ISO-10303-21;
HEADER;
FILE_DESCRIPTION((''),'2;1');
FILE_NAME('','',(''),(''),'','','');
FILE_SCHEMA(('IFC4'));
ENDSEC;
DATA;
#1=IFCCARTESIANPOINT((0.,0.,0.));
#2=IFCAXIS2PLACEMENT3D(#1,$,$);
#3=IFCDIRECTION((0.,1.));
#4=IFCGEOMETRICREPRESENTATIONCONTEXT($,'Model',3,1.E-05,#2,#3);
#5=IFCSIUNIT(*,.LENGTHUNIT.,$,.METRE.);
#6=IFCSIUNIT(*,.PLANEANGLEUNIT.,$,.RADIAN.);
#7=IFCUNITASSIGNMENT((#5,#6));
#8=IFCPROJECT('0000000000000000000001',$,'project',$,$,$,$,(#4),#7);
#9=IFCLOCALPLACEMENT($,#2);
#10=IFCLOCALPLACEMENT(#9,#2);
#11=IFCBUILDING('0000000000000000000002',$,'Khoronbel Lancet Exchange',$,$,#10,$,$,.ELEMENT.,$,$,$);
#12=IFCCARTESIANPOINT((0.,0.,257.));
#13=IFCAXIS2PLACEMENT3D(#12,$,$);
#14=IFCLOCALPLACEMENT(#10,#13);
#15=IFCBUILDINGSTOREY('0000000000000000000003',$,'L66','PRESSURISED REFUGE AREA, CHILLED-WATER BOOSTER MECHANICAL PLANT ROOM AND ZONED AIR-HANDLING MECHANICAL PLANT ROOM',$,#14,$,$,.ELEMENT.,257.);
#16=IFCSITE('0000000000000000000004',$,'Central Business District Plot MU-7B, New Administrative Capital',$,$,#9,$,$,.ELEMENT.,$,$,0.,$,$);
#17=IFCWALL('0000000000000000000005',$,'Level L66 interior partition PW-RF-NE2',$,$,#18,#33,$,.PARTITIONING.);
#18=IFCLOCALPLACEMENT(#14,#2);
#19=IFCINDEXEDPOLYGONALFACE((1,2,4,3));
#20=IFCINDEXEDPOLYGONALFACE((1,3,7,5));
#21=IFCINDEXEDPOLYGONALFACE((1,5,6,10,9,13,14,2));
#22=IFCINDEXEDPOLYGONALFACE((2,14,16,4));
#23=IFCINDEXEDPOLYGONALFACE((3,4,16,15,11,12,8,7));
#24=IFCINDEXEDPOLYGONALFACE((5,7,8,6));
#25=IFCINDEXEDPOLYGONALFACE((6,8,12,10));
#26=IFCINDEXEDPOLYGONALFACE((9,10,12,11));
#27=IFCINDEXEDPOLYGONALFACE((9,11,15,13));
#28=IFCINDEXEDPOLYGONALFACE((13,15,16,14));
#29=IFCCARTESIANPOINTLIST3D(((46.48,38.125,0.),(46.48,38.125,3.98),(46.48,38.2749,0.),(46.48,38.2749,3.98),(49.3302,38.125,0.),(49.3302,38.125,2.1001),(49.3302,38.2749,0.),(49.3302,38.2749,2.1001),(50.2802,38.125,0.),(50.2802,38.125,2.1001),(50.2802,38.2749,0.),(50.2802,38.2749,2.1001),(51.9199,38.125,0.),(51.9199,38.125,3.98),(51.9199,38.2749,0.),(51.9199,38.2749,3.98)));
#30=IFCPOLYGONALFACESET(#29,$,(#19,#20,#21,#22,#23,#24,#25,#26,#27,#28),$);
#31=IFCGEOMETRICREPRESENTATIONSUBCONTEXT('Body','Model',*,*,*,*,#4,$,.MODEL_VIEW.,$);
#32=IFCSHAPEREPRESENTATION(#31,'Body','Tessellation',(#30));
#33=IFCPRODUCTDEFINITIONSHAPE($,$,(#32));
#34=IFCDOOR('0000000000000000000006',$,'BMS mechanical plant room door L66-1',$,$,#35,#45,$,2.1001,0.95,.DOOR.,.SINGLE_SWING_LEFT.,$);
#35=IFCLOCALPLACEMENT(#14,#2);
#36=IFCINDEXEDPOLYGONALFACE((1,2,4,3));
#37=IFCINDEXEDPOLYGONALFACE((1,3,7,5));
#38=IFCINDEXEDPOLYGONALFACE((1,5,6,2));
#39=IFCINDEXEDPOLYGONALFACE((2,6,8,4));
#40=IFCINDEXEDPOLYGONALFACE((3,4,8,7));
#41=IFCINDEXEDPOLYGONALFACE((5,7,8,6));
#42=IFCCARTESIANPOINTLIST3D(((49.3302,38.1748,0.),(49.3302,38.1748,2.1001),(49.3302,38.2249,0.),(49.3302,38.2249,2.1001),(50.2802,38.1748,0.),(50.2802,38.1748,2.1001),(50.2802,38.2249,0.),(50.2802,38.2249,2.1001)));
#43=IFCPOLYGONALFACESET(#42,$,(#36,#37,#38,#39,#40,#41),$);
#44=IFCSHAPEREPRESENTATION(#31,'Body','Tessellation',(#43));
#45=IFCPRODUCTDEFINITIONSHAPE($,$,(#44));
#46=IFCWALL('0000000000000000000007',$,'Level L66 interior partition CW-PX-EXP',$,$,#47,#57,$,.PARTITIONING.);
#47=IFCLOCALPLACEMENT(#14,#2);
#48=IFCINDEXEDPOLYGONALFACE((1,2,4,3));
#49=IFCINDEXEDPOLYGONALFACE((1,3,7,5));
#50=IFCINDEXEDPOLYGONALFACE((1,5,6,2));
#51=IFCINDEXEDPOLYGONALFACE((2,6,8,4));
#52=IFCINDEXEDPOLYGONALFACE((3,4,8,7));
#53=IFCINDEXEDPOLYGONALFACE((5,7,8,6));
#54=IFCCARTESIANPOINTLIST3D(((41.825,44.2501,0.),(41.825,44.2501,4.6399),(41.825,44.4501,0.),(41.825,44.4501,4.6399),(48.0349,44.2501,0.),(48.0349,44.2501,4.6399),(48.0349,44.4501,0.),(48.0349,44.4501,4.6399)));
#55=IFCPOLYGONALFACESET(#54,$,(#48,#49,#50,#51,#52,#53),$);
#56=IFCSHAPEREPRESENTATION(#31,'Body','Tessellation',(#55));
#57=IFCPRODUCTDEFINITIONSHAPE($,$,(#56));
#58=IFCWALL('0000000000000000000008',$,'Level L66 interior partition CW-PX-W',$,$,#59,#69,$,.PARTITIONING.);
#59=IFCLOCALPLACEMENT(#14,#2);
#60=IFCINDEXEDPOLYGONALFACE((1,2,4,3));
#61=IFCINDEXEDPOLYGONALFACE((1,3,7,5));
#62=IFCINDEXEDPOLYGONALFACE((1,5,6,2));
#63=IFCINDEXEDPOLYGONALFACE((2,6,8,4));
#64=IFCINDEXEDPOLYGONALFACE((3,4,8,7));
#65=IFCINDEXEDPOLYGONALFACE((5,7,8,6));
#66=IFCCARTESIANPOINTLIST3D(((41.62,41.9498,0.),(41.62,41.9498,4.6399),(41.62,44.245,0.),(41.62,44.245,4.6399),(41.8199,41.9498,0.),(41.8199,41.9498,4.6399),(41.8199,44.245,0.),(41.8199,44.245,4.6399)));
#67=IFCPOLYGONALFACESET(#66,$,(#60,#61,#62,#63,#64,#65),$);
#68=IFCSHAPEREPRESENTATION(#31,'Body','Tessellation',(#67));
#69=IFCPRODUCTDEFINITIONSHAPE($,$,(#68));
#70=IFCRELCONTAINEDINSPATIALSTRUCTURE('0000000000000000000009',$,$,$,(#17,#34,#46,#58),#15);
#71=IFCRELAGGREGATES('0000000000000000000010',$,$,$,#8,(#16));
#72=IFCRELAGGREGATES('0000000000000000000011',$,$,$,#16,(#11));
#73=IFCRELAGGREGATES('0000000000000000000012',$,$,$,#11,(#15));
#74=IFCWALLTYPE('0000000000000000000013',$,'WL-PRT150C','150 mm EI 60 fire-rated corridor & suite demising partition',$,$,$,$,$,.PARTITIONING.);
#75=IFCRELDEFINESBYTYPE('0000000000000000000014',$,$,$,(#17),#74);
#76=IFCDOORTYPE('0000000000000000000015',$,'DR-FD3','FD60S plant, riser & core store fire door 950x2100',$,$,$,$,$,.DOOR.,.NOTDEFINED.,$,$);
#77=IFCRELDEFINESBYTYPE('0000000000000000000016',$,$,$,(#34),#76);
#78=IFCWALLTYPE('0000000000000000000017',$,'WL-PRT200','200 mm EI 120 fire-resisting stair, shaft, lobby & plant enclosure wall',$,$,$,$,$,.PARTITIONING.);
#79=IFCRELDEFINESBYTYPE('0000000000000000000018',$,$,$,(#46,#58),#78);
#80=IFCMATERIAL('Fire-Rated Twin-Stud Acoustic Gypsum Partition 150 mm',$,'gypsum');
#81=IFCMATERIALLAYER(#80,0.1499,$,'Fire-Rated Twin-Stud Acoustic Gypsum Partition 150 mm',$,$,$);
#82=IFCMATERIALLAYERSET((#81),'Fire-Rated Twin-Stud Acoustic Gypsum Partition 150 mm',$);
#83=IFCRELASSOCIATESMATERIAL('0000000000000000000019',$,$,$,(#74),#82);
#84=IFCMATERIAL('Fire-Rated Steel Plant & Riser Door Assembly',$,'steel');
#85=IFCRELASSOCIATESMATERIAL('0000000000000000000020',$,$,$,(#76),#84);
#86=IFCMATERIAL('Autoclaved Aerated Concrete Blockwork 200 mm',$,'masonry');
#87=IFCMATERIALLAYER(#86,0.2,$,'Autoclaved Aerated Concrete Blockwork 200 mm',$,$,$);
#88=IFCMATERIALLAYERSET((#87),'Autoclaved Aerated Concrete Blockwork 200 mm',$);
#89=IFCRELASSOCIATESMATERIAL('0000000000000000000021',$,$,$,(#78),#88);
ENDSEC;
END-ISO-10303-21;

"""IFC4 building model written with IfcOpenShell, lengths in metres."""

from ifc_helpers import new_model, si_unit, direction, frame, frame_2d, origin, place, context, subcontext, project, spatial, rectangle, extrude, material, layer, layer_set, type_object, element, fill, save


model = new_model("IFC4")

# Units and contexts
model_context = context("Model", 3, precision=1e-05, world=origin(), true_north=direction((0.0, 1.0)))
body_context = subcontext(model_context, "Body", "Model", "MODEL_VIEW")
ifc_project = project(units=[si_unit("LENGTHUNIT", "METRE"), si_unit("PLANEANGLEUNIT", "RADIAN")], contexts=[model_context])

# Site, building, storey
site_placement = place(None, origin())
site = spatial("IfcSite", under=ifc_project, at=site_placement, Name="Central Business District Plot MU-7B, New Administrative Capital", CompositionType="ELEMENT", RefElevation=0.0)
building_placement = place(site_placement, origin())
building = spatial("IfcBuilding", under=site, at=building_placement, Name="Khoronbel Lancet Exchange", CompositionType="ELEMENT")
storey_placement = place(building_placement, frame((0.0, 0.0, 257.0)))
storey = spatial("IfcBuildingStorey", under=building, at=storey_placement, Name="L66", Description="PRESSURISED REFUGE AREA, CHILLED-WATER BOOSTER MECHANICAL PLANT ROOM AND ZONED AIR-HANDLING MECHANICAL PLANT ROOM", CompositionType="ELEMENT", Elevation=257.0)

# Wall, opening, door
ifc_material_1 = material(Name="Fire-Rated Twin-Stud Acoustic Gypsum Partition 150 mm", Category="gypsum")
ifc_layer_1 = layer(ifc_material_1, 0.1499, Name="Fire-Rated Twin-Stud Acoustic Gypsum Partition 150 mm")
ifc_layer_set_1 = layer_set([ifc_layer_1], Name="Fire-Rated Twin-Stud Acoustic Gypsum Partition 150 mm")
wall_type_1 = type_object("IfcWallType", Name="WL-PRT150C", Description="150 mm EI 60 fire-rated corridor & suite demising partition", PredefinedType="PARTITIONING", material=ifc_layer_set_1)
ifc_material_2 = material(Name="Fire-Rated Steel Plant & Riser Door Assembly", Category="steel")
door_type = type_object("IfcDoorType", Name="DR-FD3", Description="FD60S plant, riser & core store fire door 950x2100", OperationType="NOTDEFINED", PredefinedType="DOOR", material=ifc_material_2)
wall_1_placement = place(storey_placement, frame((46.48, 38.2, 0.0), z_axis=(0.0, 0.0, 1.0), x_axis=(1.0, 0.0, 0.0)))
wall_1 = element("IfcWall", 1, at=wall_1_placement, inside=storey, type_object=wall_type_1, Name="Level L66 interior partition PW-RF-NE2", PredefinedType="PARTITIONING", context=body_context, shape_type="SweptSolid", body=[
    extrude(rectangle(XDim=5.4399, YDim=0.1499, at=frame_2d((2.72, 0.0))), origin(), (0.0, 0.0, 1.0), 3.98),
])
opening_1_placement = place(wall_1_placement, frame((2.8501, 0.0, 0.0)))
opening_1 = element("IfcOpeningElement", 2, at=opening_1_placement, cuts=wall_1, PredefinedType="OPENING", context=body_context, shape_type="SweptSolid", body=[
    extrude(rectangle(XDim=0.95, YDim=2.1001, at=frame_2d((0.4751, 1.05))), frame((0.0, 0.085, 0.0), z_axis=(0.0, -1.0, 0.0), x_axis=(1.0, 0.0, 0.0)), (0.0, 0.0, 1.0), 0.1699),
])
door_1_placement = place(opening_1_placement, origin())
door_1 = element("IfcDoor", 3, at=door_1_placement, inside=storey, type_object=door_type, Name="BMS mechanical plant room door L66-1", OperationType="SINGLE_SWING_LEFT", OverallHeight=2.1001, OverallWidth=0.95, PredefinedType="DOOR", context=body_context, shape_type="SweptSolid", body=[
    extrude(rectangle(XDim=0.95, YDim=2.1001, at=frame_2d((0.4751, 1.05))), frame((0.0, 0.0249, 0.0), z_axis=(0.0, -1.0, 0.0), x_axis=(1.0, 0.0, 0.0)), (0.0, 0.0, 1.0), 0.05),
])
fill(opening_1, door_1)

# Walls
ifc_material_3 = material(Name="Autoclaved Aerated Concrete Blockwork 200 mm", Category="masonry")
ifc_layer_2 = layer(ifc_material_3, 0.2, Name="Autoclaved Aerated Concrete Blockwork 200 mm")
ifc_layer_set_2 = layer_set([ifc_layer_2], Name="Autoclaved Aerated Concrete Blockwork 200 mm")
wall_type_2 = type_object("IfcWallType", Name="WL-PRT200", Description="200 mm EI 120 fire-resisting stair, shaft, lobby & plant enclosure wall", PredefinedType="PARTITIONING", material=ifc_layer_set_2)
wall_2_placement = place(storey_placement, frame((41.825, 44.3501, 0.0), z_axis=(0.0, 0.0, 1.0), x_axis=(1.0, 0.0, 0.0)))
element("IfcWall", 4, at=wall_2_placement, inside=storey, type_object=wall_type_2, Name="Level L66 interior partition CW-PX-EXP", PredefinedType="PARTITIONING", context=body_context, shape_type="SweptSolid", body=[
    extrude(rectangle(XDim=6.21, YDim=0.2, at=frame_2d((3.105, 0.0))), origin(), (0.0, 0.0, 1.0), 4.6399),
])
wall_3_placement = place(storey_placement, frame((41.72, 41.95, 0.0), z_axis=(0.0, 0.0, 1.0), x_axis=(0.0, 1.0, 0.0)))
element("IfcWall", 5, at=wall_3_placement, inside=storey, type_object=wall_type_2, Name="Level L66 interior partition CW-PX-W", PredefinedType="PARTITIONING", context=body_context, shape_type="SweptSolid", body=[
    extrude(rectangle(XDim=2.2952, YDim=0.2, at=frame_2d((1.1475, 0.0))), origin(), (0.0, 0.0, 1.0), 4.6399),
])

save(model, "model.ifc")
